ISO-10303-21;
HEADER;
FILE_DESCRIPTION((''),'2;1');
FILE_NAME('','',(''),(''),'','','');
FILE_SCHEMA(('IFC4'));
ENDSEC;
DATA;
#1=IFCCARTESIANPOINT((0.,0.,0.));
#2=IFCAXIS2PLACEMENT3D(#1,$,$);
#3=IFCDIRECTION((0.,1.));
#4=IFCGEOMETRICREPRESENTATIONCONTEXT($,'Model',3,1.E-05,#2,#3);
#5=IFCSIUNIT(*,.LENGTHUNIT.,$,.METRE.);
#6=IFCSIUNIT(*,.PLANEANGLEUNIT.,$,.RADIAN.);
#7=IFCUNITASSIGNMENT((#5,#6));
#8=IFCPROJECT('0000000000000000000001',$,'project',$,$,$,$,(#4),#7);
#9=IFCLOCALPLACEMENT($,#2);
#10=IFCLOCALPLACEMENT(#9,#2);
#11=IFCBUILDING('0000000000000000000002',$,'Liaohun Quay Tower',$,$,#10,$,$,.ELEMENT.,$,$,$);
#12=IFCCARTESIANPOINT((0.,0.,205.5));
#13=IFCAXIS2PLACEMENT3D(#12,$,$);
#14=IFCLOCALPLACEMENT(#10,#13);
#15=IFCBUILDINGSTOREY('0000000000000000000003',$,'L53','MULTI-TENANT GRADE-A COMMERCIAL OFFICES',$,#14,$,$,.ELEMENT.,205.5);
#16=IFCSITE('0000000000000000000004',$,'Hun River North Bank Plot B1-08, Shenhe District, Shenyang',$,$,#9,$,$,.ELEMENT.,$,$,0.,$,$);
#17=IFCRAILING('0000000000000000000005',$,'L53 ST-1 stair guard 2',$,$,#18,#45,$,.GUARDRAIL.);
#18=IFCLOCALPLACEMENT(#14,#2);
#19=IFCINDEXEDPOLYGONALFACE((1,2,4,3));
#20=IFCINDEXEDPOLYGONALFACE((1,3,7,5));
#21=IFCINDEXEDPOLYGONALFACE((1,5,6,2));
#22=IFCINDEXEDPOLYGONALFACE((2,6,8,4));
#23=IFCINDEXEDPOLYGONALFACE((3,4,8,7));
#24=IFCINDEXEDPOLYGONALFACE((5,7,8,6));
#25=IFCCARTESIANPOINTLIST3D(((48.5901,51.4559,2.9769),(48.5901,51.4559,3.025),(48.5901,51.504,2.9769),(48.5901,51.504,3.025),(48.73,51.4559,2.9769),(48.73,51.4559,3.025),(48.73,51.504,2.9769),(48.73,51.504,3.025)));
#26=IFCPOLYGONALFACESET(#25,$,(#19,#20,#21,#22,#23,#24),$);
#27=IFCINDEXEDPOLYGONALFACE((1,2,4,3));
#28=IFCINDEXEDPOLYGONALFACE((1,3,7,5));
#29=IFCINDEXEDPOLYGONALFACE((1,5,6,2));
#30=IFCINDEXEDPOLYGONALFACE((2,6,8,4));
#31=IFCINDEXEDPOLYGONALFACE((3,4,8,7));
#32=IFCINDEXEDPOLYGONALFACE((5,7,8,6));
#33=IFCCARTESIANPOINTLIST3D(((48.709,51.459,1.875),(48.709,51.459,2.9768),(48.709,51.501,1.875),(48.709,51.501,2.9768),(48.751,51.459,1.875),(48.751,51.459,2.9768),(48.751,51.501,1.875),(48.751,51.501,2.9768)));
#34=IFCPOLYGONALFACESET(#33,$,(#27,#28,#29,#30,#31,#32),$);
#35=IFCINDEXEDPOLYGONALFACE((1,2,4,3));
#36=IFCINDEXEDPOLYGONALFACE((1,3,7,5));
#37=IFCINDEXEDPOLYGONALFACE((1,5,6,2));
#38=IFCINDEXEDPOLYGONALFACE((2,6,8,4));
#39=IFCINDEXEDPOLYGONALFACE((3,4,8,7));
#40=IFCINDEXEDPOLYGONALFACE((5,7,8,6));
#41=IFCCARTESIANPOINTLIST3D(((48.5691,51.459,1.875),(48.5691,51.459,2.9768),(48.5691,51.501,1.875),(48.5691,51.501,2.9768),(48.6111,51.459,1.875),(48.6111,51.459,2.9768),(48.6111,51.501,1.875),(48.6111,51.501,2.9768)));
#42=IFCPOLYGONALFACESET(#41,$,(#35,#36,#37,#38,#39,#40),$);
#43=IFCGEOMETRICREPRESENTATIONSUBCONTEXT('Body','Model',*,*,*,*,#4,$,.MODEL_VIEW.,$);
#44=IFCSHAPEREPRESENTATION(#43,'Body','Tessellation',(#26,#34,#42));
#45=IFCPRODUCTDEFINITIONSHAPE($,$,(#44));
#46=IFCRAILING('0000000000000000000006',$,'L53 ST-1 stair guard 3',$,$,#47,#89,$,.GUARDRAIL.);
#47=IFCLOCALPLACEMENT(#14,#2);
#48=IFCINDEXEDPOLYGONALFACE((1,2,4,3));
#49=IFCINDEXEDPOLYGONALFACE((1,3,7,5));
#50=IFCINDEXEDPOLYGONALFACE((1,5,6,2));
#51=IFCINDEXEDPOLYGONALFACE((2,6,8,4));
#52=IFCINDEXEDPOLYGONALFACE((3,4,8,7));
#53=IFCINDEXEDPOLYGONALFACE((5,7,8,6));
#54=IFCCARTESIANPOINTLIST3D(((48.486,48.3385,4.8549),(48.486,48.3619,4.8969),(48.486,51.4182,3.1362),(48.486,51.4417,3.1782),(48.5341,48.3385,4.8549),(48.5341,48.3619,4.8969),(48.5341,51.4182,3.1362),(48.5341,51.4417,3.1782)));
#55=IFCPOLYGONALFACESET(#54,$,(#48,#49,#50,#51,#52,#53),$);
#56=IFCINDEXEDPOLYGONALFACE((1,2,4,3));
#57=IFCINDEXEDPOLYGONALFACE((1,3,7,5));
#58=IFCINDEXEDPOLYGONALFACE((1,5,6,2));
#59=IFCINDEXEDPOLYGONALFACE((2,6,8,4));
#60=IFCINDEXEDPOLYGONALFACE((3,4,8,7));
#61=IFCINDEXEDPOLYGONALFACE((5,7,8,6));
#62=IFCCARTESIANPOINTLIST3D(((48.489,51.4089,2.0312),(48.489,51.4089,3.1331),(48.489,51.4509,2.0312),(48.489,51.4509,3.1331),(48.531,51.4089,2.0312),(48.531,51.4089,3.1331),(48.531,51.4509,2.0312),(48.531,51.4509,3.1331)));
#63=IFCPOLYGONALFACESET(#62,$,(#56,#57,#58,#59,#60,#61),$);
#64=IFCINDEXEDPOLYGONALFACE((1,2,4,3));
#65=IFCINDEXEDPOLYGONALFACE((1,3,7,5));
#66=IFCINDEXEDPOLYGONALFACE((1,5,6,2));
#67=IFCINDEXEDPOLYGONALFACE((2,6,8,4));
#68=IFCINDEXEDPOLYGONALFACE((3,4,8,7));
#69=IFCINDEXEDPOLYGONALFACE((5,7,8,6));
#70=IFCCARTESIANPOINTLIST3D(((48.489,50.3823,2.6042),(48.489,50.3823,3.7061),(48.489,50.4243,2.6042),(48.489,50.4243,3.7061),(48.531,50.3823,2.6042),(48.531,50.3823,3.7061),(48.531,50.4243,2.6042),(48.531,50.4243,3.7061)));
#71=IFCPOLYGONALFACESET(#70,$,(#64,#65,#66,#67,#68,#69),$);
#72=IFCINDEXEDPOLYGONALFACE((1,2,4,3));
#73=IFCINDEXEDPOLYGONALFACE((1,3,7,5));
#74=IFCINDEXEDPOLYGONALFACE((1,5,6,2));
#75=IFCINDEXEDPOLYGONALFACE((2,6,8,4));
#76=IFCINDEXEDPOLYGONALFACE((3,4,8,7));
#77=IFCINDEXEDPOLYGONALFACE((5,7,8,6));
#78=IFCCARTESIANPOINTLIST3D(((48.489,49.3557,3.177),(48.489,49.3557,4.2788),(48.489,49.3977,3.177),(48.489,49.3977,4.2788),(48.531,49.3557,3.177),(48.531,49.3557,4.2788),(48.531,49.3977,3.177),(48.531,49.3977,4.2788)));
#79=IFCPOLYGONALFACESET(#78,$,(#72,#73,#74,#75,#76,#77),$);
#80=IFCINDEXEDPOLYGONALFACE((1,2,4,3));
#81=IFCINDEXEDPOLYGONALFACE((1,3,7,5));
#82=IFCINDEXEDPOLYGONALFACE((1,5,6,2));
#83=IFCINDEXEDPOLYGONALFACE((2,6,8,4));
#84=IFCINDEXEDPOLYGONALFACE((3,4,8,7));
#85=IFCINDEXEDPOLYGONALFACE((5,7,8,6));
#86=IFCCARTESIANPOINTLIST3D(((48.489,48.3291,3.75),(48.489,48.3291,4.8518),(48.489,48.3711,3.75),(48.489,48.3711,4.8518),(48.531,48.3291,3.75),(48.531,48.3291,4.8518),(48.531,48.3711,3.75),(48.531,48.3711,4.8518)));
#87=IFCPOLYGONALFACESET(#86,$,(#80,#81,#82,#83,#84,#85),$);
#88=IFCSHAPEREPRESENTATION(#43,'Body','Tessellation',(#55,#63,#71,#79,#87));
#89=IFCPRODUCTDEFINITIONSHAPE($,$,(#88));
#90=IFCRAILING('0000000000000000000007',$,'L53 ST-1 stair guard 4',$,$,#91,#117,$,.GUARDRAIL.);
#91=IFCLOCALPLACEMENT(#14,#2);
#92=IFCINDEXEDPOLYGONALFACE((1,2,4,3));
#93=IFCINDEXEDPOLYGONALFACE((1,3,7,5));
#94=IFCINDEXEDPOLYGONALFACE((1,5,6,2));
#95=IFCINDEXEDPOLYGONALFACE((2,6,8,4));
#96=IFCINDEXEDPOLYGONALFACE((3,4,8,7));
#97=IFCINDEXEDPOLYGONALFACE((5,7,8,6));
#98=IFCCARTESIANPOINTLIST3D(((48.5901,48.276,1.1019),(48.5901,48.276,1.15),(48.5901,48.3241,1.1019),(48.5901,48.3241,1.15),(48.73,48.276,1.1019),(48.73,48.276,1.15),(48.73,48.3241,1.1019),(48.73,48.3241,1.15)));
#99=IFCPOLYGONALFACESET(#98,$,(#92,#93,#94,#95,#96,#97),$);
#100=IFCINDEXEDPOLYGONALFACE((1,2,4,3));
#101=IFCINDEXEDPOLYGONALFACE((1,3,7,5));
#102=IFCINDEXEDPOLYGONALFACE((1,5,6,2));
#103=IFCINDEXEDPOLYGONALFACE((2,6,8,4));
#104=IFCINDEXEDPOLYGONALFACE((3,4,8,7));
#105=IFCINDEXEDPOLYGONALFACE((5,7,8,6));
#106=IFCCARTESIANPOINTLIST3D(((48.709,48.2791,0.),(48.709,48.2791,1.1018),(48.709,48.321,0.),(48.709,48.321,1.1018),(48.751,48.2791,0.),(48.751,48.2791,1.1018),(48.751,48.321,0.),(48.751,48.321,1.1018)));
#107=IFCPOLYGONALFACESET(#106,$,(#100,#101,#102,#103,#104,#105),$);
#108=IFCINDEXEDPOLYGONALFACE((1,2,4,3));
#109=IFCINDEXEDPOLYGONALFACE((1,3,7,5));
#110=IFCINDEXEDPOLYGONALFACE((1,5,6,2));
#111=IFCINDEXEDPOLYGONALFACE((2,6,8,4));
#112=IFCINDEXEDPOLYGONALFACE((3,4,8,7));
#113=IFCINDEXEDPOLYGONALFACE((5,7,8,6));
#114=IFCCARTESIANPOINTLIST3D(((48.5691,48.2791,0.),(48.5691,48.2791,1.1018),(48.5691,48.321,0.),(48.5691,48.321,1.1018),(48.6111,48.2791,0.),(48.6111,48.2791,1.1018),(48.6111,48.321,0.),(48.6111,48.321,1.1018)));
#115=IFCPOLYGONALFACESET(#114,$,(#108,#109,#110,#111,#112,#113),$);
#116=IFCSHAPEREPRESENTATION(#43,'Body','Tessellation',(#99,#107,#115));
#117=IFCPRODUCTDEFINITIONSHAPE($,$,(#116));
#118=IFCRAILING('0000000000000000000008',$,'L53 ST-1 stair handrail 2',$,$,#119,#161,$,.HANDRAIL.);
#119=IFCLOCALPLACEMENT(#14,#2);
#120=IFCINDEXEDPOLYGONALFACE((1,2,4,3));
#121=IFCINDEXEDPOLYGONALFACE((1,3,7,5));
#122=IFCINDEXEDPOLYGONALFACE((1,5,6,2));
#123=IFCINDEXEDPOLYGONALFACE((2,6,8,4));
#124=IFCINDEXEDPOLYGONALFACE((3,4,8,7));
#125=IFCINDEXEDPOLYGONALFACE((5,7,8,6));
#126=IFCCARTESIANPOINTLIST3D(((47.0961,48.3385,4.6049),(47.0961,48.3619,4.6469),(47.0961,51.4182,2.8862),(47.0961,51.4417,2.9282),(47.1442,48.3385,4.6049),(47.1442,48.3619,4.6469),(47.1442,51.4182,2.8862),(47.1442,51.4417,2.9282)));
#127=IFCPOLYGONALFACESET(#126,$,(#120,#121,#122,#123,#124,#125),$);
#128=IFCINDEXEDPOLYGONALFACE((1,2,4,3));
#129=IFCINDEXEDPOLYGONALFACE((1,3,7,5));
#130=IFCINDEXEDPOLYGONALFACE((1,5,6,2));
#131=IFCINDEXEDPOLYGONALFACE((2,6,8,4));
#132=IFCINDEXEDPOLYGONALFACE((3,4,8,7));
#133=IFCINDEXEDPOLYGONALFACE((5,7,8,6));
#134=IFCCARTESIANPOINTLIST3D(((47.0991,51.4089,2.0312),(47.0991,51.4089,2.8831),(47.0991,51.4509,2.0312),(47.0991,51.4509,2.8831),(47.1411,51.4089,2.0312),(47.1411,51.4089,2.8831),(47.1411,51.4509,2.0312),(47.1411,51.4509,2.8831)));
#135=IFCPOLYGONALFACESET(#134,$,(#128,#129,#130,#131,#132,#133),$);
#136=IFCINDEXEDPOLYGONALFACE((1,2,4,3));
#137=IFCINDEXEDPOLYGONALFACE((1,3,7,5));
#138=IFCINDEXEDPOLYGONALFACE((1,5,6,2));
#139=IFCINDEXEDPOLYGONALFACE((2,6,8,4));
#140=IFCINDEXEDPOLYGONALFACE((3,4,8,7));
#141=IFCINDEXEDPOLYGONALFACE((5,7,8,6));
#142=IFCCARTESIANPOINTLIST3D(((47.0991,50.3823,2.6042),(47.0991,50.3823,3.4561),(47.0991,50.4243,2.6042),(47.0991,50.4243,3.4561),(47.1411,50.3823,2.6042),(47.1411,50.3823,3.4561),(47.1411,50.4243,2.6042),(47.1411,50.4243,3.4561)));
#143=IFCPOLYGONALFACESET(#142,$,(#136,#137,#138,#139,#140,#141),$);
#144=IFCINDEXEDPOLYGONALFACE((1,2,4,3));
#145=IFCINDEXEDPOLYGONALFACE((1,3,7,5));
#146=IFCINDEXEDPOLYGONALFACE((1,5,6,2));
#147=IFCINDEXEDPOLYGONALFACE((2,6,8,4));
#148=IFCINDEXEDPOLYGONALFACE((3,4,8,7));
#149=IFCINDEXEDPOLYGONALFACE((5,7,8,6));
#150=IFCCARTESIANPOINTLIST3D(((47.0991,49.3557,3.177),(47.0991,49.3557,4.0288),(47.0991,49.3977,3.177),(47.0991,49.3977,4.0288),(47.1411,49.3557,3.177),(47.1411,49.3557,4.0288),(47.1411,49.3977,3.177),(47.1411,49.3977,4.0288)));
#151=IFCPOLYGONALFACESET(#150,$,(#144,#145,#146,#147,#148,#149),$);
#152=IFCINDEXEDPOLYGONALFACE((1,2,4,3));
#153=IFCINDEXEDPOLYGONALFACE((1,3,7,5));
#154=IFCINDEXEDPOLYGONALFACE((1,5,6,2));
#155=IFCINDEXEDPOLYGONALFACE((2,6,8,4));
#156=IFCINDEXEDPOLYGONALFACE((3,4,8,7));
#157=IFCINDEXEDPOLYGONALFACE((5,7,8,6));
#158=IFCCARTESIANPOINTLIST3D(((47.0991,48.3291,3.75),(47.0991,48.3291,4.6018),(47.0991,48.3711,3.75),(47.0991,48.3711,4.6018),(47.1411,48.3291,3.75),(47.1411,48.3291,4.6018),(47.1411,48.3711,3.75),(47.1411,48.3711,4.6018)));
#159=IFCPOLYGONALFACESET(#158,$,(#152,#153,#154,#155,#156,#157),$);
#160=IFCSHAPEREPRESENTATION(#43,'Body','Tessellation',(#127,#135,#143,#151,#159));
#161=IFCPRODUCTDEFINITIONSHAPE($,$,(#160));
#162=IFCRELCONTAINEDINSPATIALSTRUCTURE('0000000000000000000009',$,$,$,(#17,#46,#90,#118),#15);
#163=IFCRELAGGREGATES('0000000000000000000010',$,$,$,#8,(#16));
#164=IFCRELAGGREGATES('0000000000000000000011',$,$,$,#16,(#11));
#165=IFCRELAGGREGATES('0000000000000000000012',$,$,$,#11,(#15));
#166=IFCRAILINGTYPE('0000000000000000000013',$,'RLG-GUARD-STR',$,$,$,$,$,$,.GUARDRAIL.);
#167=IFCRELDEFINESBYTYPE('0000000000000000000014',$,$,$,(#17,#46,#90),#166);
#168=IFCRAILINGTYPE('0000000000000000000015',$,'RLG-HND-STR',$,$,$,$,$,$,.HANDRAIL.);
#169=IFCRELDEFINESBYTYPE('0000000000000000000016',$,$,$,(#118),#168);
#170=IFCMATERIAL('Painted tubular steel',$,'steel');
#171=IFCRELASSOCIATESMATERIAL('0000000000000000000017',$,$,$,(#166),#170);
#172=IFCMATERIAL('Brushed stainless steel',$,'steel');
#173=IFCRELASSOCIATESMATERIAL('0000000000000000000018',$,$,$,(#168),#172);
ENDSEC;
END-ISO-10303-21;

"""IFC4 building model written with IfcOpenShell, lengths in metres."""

from ifc_helpers import new_model, si_unit, direction, frame, origin, origin_2d, place, context, subcontext, project, spatial, rectangle, extrude, material, type_object, element, save


model = new_model("IFC4")

# Units and contexts
model_context = context("Model", 3, precision=1e-05, world=origin(), true_north=direction((0.0, 1.0)))
body_context = subcontext(model_context, "Body", "Model", "MODEL_VIEW")
ifc_project = project(units=[si_unit("LENGTHUNIT", "METRE"), si_unit("PLANEANGLEUNIT", "RADIAN")], contexts=[model_context])

# Site, building, storey
site_placement = place(None, origin())
site = spatial("IfcSite", under=ifc_project, at=site_placement, Name="Hun River North Bank Plot B1-08, Shenhe District, Shenyang", CompositionType="ELEMENT", RefElevation=0.0)
building_placement = place(site_placement, origin())
building = spatial("IfcBuilding", under=site, at=building_placement, Name="Liaohun Quay Tower", CompositionType="ELEMENT")
storey_placement = place(building_placement, frame((0.0, 0.0, 205.5)))
storey = spatial("IfcBuildingStorey", under=building, at=storey_placement, Name="L53", Description="MULTI-TENANT GRADE-A COMMERCIAL OFFICES", CompositionType="ELEMENT", Elevation=205.5)

# Railings
ifc_material_1 = material(Name="Painted tubular steel", Category="steel")
railing_type_1 = type_object("IfcRailingType", Name="RLG-GUARD-STR", PredefinedType="GUARDRAIL", material=ifc_material_1)
railing_1_placement = place(storey_placement, frame((48.73, 51.48, 1.875)))
element("IfcRailing", 1, at=railing_1_placement, inside=storey, type_object=railing_type_1, Name="L53 ST-1 stair guard 2", PredefinedType="GUARDRAIL", context=body_context, shape_type="SweptSolid", body=[
    extrude(rectangle(XDim=0.0481, YDim=0.0481, at=origin_2d()), frame((0.0, 0.0, 1.126), z_axis=(-1.0, 0.0, 0.0), x_axis=(0.0, -1.0, 0.0)), (0.0, 0.0, 1.0), 0.1399),
    extrude(rectangle(XDim=0.042, YDim=0.042, at=origin_2d()), origin(), (0.0, 0.0, 1.0), 1.1018),
    extrude(rectangle(XDim=0.042, YDim=0.042, at=origin_2d()), frame((-0.1399, 0.0, 0.0)), (0.0, 0.0, 1.0), 1.1018),
])
railing_2_placement = place(storey_placement, frame((48.51, 51.4299, 2.0312)))
element("IfcRailing", 2, at=railing_2_placement, inside=storey, type_object=railing_type_1, Name="L53 ST-1 stair guard 3", PredefinedType="GUARDRAIL", context=body_context, shape_type="SweptSolid", body=[
    extrude(rectangle(XDim=0.0481, YDim=0.0481, at=origin_2d()), frame((0.0, 0.0, 1.126), z_axis=(0.0, -0.873225, 0.487317), x_axis=(1.0, 0.0, 0.0)), (0.0, 0.0, 1.0), 3.5269),
    extrude(rectangle(XDim=0.042, YDim=0.042, at=origin_2d()), origin(), (0.0, 0.0, 1.0), 1.1018),
    extrude(rectangle(XDim=0.042, YDim=0.042, at=origin_2d()), frame((0.0, -1.0266, 0.573)), (0.0, 0.0, 1.0), 1.1018),
    extrude(rectangle(XDim=0.042, YDim=0.042, at=origin_2d()), frame((0.0, -2.0532, 1.1458)), (0.0, 0.0, 1.0), 1.1018),
    extrude(rectangle(XDim=0.042, YDim=0.042, at=origin_2d()), frame((0.0, -3.0798, 1.7188)), (0.0, 0.0, 1.0), 1.1018),
])
railing_3_placement = place(storey_placement, frame((48.73, 48.3, 0.0)))
element("IfcRailing", 3, at=railing_3_placement, inside=storey, type_object=railing_type_1, Name="L53 ST-1 stair guard 4", PredefinedType="GUARDRAIL", context=body_context, shape_type="SweptSolid", body=[
    extrude(rectangle(XDim=0.0481, YDim=0.0481, at=origin_2d()), frame((0.0, 0.0, 1.126), z_axis=(-1.0, 0.0, 0.0), x_axis=(0.0, -1.0, 0.0)), (0.0, 0.0, 1.0), 0.1399),
    extrude(rectangle(XDim=0.042, YDim=0.042, at=origin_2d()), origin(), (0.0, 0.0, 1.0), 1.1018),
    extrude(rectangle(XDim=0.042, YDim=0.042, at=origin_2d()), frame((-0.1399, 0.0, 0.0)), (0.0, 0.0, 1.0), 1.1018),
])
ifc_material_2 = material(Name="Brushed stainless steel", Category="steel")
railing_type_2 = type_object("IfcRailingType", Name="RLG-HND-STR", PredefinedType="HANDRAIL", material=ifc_material_2)
railing_4_placement = place(storey_placement, frame((47.1201, 51.4299, 2.0312)))
element("IfcRailing", 4, at=railing_4_placement, inside=storey, type_object=railing_type_2, Name="L53 ST-1 stair handrail 2", PredefinedType="HANDRAIL", context=body_context, shape_type="SweptSolid", body=[
    extrude(rectangle(XDim=0.0481, YDim=0.0481, at=origin_2d()), frame((0.0, 0.0, 0.876), z_axis=(0.0, -0.873225, 0.487317), x_axis=(1.0, 0.0, 0.0)), (0.0, 0.0, 1.0), 3.5269),
    extrude(rectangle(XDim=0.042, YDim=0.042, at=origin_2d()), origin(), (0.0, 0.0, 1.0), 0.8518),
    extrude(rectangle(XDim=0.042, YDim=0.042, at=origin_2d()), frame((0.0, -1.0266, 0.573)), (0.0, 0.0, 1.0), 0.8518),
    extrude(rectangle(XDim=0.042, YDim=0.042, at=origin_2d()), frame((0.0, -2.0532, 1.1458)), (0.0, 0.0, 1.0), 0.8518),
    extrude(rectangle(XDim=0.042, YDim=0.042, at=origin_2d()), frame((0.0, -3.0798, 1.7188)), (0.0, 0.0, 1.0), 0.8518),
])

save(model, "model.ifc")
